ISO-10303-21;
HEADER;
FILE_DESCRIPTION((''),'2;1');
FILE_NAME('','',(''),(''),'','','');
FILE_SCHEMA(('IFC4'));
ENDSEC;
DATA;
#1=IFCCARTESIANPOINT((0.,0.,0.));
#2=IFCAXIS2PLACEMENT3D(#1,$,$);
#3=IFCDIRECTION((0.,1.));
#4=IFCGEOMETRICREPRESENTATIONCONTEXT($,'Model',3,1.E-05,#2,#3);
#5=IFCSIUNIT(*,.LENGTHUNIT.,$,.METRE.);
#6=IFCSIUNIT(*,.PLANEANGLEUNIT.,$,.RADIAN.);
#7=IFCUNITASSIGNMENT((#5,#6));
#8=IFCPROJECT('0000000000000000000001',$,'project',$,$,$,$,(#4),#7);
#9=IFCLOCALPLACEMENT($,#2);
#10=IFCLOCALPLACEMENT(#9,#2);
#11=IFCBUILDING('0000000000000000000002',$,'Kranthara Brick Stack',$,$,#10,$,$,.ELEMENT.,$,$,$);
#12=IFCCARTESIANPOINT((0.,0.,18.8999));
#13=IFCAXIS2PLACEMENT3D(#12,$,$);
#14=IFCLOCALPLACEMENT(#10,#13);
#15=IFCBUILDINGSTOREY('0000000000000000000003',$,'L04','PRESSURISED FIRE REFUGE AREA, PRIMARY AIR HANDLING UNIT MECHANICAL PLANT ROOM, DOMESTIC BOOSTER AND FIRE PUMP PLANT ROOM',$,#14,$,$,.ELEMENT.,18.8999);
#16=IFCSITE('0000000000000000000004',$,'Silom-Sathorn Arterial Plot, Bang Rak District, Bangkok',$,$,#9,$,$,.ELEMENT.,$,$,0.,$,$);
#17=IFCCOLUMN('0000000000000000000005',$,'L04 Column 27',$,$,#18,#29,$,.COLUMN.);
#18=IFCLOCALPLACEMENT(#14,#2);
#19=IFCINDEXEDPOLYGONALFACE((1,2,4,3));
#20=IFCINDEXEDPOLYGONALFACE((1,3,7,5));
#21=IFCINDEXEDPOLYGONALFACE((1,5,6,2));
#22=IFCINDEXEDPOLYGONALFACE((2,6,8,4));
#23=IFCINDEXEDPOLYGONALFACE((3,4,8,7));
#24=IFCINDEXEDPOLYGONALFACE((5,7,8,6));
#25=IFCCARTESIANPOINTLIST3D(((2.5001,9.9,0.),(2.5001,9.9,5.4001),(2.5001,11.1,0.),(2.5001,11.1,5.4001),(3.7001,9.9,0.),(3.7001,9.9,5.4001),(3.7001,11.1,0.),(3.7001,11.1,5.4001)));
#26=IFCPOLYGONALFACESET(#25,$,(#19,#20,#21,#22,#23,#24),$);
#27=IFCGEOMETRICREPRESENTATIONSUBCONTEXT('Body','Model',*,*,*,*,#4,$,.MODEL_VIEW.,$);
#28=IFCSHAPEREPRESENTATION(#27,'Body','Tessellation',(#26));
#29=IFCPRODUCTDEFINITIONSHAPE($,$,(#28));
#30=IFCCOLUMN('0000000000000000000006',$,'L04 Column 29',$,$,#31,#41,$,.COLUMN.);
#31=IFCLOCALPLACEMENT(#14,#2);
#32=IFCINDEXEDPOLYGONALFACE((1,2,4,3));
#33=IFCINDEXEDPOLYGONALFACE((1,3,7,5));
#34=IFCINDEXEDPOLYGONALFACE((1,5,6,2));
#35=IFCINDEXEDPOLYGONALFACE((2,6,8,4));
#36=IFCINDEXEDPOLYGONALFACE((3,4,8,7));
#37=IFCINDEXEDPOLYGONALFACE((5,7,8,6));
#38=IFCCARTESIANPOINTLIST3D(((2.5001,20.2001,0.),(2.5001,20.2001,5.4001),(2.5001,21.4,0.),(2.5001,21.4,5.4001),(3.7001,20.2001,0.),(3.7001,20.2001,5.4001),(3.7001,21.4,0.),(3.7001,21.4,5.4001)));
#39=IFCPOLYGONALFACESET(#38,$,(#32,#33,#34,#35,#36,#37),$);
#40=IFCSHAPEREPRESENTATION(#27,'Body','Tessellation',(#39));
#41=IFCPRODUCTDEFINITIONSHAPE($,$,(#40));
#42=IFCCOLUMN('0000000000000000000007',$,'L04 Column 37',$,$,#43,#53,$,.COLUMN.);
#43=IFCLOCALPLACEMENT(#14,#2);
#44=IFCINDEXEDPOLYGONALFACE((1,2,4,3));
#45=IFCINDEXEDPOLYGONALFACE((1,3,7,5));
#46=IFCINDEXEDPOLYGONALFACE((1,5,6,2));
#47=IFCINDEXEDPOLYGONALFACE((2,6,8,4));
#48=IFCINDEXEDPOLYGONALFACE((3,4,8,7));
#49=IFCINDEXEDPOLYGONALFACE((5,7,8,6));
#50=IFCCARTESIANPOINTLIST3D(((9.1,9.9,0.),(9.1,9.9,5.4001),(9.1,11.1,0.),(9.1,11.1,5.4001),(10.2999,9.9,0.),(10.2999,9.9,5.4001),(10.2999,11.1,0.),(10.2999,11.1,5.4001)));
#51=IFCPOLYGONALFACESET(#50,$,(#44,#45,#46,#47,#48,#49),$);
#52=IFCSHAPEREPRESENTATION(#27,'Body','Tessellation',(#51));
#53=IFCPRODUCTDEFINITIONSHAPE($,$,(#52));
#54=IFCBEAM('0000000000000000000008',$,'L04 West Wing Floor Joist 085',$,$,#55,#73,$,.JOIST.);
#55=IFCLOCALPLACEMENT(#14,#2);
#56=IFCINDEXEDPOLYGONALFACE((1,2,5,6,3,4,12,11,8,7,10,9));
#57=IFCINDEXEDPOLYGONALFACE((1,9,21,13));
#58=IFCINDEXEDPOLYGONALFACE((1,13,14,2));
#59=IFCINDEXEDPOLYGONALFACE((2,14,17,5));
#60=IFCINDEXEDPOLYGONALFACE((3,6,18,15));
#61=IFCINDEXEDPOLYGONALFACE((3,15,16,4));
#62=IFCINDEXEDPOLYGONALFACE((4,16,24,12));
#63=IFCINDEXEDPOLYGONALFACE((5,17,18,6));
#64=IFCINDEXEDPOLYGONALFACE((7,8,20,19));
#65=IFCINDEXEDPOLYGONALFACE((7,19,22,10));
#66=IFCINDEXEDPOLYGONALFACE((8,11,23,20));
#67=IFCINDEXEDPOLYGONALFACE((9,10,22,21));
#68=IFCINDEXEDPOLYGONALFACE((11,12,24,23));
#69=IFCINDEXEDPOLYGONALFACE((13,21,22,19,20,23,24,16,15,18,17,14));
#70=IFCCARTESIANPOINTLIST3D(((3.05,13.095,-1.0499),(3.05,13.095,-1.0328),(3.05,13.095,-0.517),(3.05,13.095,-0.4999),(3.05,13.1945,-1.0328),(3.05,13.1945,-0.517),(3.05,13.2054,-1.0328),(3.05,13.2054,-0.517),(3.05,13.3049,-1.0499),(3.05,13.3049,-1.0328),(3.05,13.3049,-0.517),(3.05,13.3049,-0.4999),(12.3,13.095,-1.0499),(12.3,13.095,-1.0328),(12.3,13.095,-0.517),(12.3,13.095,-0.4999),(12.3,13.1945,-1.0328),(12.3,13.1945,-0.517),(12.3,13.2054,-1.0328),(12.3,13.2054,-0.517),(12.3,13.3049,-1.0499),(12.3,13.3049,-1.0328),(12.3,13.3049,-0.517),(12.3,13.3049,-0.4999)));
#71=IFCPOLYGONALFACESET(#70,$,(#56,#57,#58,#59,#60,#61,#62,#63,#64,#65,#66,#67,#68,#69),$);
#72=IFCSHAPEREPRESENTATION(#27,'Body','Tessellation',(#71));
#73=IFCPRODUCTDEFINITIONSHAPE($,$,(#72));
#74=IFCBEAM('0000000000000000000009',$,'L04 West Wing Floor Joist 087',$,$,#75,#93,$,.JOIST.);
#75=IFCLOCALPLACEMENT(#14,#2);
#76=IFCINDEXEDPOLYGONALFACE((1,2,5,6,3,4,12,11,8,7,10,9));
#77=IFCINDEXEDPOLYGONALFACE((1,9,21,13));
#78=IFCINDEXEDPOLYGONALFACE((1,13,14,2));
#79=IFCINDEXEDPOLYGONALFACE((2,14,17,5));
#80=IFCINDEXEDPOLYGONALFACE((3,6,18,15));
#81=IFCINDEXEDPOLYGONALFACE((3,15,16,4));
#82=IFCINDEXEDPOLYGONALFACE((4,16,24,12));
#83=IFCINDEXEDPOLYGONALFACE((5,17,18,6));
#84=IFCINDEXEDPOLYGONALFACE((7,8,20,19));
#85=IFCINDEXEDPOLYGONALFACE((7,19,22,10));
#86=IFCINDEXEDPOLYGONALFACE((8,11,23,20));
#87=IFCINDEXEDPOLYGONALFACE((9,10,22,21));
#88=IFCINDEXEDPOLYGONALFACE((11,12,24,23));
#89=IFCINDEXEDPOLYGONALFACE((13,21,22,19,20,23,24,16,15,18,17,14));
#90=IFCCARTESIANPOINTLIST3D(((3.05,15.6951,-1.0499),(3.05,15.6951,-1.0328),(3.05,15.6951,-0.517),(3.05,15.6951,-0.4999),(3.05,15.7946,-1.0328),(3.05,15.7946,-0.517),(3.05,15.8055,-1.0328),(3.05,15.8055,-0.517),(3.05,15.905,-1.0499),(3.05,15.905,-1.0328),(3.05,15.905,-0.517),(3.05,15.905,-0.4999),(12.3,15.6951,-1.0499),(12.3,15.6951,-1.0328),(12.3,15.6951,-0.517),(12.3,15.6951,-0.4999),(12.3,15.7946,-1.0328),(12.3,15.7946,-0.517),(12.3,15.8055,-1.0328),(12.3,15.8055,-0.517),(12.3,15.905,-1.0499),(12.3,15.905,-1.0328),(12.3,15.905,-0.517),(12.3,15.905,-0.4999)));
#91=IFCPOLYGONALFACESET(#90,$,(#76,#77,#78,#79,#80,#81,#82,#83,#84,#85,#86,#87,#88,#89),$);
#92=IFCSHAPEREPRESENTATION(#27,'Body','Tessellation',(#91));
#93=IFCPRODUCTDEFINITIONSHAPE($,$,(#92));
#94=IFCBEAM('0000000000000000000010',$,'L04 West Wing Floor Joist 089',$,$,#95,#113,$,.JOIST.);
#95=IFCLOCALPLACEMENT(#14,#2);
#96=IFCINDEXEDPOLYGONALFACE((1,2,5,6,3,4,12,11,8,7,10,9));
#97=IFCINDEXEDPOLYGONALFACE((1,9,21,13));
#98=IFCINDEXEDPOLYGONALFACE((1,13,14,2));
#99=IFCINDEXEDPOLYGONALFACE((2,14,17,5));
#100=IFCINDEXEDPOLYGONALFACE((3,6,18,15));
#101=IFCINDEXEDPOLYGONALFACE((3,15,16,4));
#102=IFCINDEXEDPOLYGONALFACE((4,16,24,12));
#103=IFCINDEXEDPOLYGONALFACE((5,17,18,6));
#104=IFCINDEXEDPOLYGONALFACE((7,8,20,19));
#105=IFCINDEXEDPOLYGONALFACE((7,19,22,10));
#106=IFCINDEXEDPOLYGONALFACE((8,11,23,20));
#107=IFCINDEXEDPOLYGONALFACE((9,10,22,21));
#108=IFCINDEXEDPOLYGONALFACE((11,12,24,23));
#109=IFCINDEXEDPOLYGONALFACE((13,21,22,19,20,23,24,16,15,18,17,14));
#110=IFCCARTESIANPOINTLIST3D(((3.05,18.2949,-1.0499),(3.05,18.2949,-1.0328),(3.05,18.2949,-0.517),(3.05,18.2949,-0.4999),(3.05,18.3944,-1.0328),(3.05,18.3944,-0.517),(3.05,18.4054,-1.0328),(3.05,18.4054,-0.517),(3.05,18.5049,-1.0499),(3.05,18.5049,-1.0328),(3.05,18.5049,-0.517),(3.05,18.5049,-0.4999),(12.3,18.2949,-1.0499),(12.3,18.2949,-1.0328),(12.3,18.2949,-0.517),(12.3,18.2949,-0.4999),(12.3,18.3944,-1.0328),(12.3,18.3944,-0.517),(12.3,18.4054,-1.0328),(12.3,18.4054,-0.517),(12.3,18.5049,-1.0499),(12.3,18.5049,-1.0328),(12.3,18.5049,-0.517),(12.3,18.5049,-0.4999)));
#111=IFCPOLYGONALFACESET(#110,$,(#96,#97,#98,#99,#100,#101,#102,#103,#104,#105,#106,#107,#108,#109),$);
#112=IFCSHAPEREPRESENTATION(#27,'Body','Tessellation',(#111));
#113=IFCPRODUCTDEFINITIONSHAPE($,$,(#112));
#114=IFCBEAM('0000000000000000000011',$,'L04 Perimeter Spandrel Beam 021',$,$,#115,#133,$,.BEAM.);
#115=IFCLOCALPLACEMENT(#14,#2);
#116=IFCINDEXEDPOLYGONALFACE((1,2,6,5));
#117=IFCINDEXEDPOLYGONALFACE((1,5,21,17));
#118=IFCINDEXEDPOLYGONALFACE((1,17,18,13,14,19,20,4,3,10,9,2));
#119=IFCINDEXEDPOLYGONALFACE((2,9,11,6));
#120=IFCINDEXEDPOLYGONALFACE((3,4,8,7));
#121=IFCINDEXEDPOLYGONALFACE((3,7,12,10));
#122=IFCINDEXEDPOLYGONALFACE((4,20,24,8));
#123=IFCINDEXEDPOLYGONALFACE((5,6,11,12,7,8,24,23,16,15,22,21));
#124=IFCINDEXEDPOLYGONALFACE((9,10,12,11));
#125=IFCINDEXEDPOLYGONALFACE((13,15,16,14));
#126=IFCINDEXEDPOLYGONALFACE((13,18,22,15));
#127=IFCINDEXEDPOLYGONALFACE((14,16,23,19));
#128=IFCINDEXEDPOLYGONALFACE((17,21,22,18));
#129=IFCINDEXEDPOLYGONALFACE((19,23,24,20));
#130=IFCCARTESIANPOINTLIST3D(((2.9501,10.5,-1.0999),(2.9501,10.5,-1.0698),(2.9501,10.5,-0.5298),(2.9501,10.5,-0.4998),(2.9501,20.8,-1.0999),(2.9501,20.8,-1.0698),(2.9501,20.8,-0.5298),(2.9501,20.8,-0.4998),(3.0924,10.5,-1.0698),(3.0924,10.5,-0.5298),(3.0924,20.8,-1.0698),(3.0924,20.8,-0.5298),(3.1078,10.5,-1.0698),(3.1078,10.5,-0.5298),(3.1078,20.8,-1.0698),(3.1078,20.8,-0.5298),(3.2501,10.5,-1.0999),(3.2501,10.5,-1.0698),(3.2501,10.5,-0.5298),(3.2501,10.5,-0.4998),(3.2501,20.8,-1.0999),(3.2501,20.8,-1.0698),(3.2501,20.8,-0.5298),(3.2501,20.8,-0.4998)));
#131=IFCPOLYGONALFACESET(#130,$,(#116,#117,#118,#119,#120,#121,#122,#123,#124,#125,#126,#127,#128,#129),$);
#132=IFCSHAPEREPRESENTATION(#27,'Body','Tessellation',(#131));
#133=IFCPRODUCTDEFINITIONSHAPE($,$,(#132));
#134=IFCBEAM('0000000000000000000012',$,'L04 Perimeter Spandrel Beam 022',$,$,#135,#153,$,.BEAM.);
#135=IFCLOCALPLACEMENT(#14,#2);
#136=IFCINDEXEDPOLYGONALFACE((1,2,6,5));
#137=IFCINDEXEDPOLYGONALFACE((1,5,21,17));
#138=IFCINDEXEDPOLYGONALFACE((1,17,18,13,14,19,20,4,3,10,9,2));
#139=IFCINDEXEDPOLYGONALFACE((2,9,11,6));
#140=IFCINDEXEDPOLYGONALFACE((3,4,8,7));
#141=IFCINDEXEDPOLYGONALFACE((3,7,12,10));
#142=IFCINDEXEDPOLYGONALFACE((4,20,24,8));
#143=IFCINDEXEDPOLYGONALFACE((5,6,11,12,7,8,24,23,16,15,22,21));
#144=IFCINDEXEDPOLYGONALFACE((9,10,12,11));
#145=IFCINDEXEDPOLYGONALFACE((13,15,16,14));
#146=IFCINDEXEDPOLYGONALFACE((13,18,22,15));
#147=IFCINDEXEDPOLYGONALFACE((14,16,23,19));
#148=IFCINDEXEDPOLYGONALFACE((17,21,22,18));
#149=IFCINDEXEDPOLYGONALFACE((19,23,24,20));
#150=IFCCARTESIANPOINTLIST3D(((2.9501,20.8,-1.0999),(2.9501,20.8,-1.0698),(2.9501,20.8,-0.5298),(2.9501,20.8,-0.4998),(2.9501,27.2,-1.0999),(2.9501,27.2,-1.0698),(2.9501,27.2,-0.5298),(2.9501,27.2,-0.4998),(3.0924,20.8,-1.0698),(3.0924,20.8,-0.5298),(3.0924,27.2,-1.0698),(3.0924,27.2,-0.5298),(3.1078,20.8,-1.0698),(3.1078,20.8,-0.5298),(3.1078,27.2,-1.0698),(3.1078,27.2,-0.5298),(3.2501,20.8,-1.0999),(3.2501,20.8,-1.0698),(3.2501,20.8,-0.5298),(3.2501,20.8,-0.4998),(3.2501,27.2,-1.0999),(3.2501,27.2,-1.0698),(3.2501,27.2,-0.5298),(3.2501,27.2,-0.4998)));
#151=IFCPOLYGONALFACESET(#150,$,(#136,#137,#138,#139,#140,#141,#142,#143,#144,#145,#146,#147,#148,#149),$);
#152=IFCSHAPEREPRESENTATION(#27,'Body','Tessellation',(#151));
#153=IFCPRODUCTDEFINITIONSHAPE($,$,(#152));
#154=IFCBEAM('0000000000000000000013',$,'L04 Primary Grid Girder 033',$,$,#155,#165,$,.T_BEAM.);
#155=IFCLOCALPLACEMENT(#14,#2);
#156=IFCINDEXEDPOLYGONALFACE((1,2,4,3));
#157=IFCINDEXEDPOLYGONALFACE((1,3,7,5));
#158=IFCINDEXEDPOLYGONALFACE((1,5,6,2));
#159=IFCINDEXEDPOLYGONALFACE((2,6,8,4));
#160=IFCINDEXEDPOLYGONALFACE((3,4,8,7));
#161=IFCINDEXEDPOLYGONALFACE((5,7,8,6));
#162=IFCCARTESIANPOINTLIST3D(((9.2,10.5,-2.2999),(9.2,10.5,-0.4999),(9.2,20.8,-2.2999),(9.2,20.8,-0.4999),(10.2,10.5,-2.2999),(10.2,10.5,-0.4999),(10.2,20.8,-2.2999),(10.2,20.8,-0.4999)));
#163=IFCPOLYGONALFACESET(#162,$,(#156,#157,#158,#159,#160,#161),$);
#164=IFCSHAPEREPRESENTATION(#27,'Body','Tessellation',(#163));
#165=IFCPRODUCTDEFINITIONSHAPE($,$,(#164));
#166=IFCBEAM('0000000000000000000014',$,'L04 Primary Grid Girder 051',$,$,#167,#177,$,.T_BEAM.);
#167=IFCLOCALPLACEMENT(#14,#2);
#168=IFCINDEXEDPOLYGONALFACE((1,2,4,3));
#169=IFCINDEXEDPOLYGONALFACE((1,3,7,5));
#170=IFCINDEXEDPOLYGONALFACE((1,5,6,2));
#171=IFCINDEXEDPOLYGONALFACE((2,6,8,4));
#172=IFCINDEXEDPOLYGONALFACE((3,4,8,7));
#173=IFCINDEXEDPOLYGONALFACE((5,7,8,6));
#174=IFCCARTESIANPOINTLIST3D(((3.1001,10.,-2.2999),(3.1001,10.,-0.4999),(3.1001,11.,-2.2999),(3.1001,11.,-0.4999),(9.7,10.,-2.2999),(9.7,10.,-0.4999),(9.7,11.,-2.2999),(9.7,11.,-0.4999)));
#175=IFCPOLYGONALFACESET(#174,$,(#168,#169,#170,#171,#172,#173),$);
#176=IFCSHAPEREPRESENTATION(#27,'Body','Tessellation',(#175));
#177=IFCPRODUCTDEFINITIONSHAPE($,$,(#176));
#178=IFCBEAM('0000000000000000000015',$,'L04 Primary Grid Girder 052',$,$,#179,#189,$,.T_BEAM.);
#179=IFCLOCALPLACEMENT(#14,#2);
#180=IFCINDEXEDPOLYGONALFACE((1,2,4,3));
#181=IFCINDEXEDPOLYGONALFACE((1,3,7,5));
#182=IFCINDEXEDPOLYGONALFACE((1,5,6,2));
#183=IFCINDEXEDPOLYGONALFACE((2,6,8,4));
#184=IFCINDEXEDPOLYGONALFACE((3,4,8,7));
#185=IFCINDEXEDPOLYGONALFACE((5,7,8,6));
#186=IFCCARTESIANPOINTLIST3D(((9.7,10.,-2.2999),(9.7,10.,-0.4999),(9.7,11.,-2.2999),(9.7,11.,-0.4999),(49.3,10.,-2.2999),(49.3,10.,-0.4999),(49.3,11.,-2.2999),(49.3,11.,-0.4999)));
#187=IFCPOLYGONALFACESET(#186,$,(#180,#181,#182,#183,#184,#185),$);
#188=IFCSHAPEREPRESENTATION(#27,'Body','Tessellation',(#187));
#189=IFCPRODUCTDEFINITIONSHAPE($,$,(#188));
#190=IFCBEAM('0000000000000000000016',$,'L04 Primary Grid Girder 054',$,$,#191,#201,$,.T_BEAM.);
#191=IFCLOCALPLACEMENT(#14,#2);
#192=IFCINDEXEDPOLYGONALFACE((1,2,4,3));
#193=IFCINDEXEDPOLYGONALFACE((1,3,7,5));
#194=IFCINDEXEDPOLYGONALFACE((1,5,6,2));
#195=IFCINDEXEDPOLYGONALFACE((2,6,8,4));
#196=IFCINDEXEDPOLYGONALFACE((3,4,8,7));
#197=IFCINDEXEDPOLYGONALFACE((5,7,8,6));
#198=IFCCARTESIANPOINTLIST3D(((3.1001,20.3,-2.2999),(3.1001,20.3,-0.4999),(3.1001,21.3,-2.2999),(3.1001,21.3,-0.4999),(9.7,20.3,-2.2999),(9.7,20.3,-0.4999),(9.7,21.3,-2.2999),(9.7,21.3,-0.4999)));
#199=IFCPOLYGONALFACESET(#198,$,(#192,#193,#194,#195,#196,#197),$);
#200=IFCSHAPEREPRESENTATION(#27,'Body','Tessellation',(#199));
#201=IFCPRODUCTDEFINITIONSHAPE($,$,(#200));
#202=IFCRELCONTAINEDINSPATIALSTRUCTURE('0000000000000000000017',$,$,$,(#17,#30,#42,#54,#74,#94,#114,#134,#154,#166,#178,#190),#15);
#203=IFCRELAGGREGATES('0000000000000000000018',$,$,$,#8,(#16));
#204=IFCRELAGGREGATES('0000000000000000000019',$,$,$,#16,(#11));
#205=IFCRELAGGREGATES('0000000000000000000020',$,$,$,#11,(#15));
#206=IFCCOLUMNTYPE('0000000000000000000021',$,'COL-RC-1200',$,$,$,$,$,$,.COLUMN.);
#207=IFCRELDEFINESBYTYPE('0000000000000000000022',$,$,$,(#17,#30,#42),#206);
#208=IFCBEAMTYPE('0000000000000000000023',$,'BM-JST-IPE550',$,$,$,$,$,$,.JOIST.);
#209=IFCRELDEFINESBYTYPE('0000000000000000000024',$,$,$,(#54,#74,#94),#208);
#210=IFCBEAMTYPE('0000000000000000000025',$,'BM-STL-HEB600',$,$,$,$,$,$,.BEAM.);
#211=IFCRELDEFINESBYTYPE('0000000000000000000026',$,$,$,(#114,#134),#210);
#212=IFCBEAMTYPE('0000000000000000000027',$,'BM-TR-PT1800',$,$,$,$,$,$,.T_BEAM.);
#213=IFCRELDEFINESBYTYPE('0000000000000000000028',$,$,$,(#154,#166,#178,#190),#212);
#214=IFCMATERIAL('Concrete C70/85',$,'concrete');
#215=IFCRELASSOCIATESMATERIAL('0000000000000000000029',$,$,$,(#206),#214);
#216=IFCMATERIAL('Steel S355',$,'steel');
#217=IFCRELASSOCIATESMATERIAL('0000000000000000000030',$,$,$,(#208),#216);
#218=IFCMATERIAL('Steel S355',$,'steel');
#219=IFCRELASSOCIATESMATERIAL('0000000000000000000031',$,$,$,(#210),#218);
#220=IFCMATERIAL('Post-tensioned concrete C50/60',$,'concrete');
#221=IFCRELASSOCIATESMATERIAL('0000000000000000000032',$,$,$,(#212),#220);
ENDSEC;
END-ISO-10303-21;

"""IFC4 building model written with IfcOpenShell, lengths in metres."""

from ifc_helpers import new_model, si_unit, direction, frame, origin, origin_2d, place, context, subcontext, project, spatial, rectangle, i_section, extrude, material, material_profile, profile_set, type_object, element, save


model = new_model("IFC4")

# Units and contexts
model_context = context("Model", 3, precision=1e-05, world=origin(), true_north=direction((0.0, 1.0)))
body_context = subcontext(model_context, "Body", "Model", "MODEL_VIEW")
ifc_project = project(units=[si_unit("LENGTHUNIT", "METRE"), si_unit("PLANEANGLEUNIT", "RADIAN")], contexts=[model_context])

# Site, building, storey
site_placement = place(None, origin())
site = spatial("IfcSite", under=ifc_project, at=site_placement, Name="Silom-Sathorn Arterial Plot, Bang Rak District, Bangkok", CompositionType="ELEMENT", RefElevation=0.0)
building_placement = place(site_placement, origin())
building = spatial("IfcBuilding", under=site, at=building_placement, Name="Kranthara Brick Stack", CompositionType="ELEMENT")
storey_placement = place(building_placement, frame((0.0, 0.0, 18.8999)))
storey = spatial("IfcBuildingStorey", under=building, at=storey_placement, Name="L04", Description="PRESSURISED FIRE REFUGE AREA, PRIMARY AIR HANDLING UNIT MECHANICAL PLANT ROOM, DOMESTIC BOOSTER AND FIRE PUMP PLANT ROOM", CompositionType="ELEMENT", Elevation=18.8999)

# Columns
ifc_material_1 = material(Name="Concrete C70/85", Category="concrete")
ifc_material_profile_1 = material_profile(ifc_material_1, rectangle(XDim=1.2, YDim=1.2, at=origin_2d()), Name="RC 1200x1200")
ifc_profile_set_1 = profile_set([ifc_material_profile_1], Name="Concrete C70/85")
column_type = type_object("IfcColumnType", Name="COL-RC-1200", PredefinedType="COLUMN", material=ifc_profile_set_1)
for number, where, z_axis, x_axis, name in (
    (1, (3.1001, 10.5, 0.0), (0.0, 0.0, 1.0), (1.0, 0.0, 0.0), "L04 Column 27"),
    (2, (3.1001, 20.8, 0.0), (0.0, 0.0, 1.0), (1.0, 0.0, 0.0), "L04 Column 29"),
    (3, (9.7, 10.5, 0.0), (0.0, 0.0, 1.0), (1.0, 0.0, 0.0), "L04 Column 37"),
):
    element("IfcColumn", number, at=place(storey_placement, frame(where, z_axis=z_axis, x_axis=x_axis)), inside=storey, type_object=column_type, Name=name, PredefinedType="COLUMN", context=body_context, shape_type="SweptSolid", body=[
        extrude(rectangle(XDim=1.2, YDim=1.2, at=origin_2d()), origin(), (0.0, 0.0, 1.0), 5.4001),
    ])

# Beams
ifc_material_2 = material(Name="Steel S355", Category="steel")
ifc_material_profile_2 = material_profile(ifc_material_2, i_section(OverallWidth=0.21, OverallDepth=0.55, WebThickness=0.011, FlangeThickness=0.0171, at=origin_2d()), Name="IPE 550")
ifc_profile_set_2 = profile_set([ifc_material_profile_2], Name="Steel S355")
beam_type_1 = type_object("IfcBeamType", Name="BM-JST-IPE550", PredefinedType="JOIST", material=ifc_profile_set_2)
for number, where, z_axis, x_axis, name in (
    (4, (3.05, 13.2, -0.7749), (1.0, 0.0, 0.0), (0.0, 1.0, 0.0), "L04 West Wing Floor Joist 085"),
    (5, (3.05, 15.8, -0.7749), (1.0, 0.0, 0.0), (0.0, 1.0, 0.0), "L04 West Wing Floor Joist 087"),
    (6, (3.05, 18.3999, -0.7749), (1.0, 0.0, 0.0), (0.0, 1.0, 0.0), "L04 West Wing Floor Joist 089"),
):
    element("IfcBeam", number, at=place(storey_placement, frame(where, z_axis=z_axis, x_axis=x_axis)), inside=storey, type_object=beam_type_1, Name=name, PredefinedType="JOIST", context=body_context, shape_type="SweptSolid", body=[
        extrude(i_section(OverallWidth=0.21, OverallDepth=0.55, WebThickness=0.011, FlangeThickness=0.0171, at=origin_2d()), origin(), (0.0, 0.0, 1.0), 9.25),
    ])
ifc_material_3 = material(Name="Steel S355", Category="steel")
ifc_material_profile_3 = material_profile(ifc_material_3, i_section(OverallWidth=0.3, OverallDepth=0.6001, WebThickness=0.0154, FlangeThickness=0.03, at=origin_2d()), Name="HEB 600")
ifc_profile_set_3 = profile_set([ifc_material_profile_3], Name="Steel S355")
beam_type_2 = type_object("IfcBeamType", Name="BM-STL-HEB600", PredefinedType="BEAM", material=ifc_profile_set_3)
beam_1_placement = place(storey_placement, frame((3.1001, 10.5, -0.7998), z_axis=(0.0, 1.0, 0.0), x_axis=(-1.0, 0.0, 0.0)))
element("IfcBeam", 7, at=beam_1_placement, inside=storey, type_object=beam_type_2, Name="L04 Perimeter Spandrel Beam 021", PredefinedType="BEAM", context=body_context, shape_type="SweptSolid", body=[
    extrude(i_section(OverallWidth=0.3, OverallDepth=0.6001, WebThickness=0.0154, FlangeThickness=0.03, at=origin_2d()), origin(), (0.0, 0.0, 1.0), 10.3),
])
beam_2_placement = place(storey_placement, frame((3.1001, 20.8, -0.7998), z_axis=(0.0, 1.0, 0.0), x_axis=(-1.0, 0.0, 0.0)))
element("IfcBeam", 8, at=beam_2_placement, inside=storey, type_object=beam_type_2, Name="L04 Perimeter Spandrel Beam 022", PredefinedType="BEAM", context=body_context, shape_type="SweptSolid", body=[
    extrude(i_section(OverallWidth=0.3, OverallDepth=0.6001, WebThickness=0.0154, FlangeThickness=0.03, at=origin_2d()), origin(), (0.0, 0.0, 1.0), 6.3999),
])
ifc_material_4 = material(Name="Post-tensioned concrete C50/60", Category="concrete")
ifc_material_profile_4 = material_profile(ifc_material_4, rectangle(XDim=1.0, YDim=1.8, at=origin_2d()), Name="PT 1000x1800")
ifc_profile_set_4 = profile_set([ifc_material_profile_4], Name="Post-tensioned concrete C50/60")
beam_type_3 = type_object("IfcBeamType", Name="BM-TR-PT1800", PredefinedType="T_BEAM", material=ifc_profile_set_4)
beam_3_placement = place(storey_placement, frame((9.7, 10.5, -1.3999), z_axis=(0.0, 1.0, 0.0), x_axis=(-1.0, 0.0, 0.0)))
element("IfcBeam", 9, at=beam_3_placement, inside=storey, type_object=beam_type_3, Name="L04 Primary Grid Girder 033", PredefinedType="T_BEAM", context=body_context, shape_type="SweptSolid", body=[
    extrude(rectangle(XDim=1.0, YDim=1.8, at=origin_2d()), origin(), (0.0, 0.0, 1.0), 10.3),
])
beam_4_placement = place(storey_placement, frame((3.1001, 10.5, -1.3999), z_axis=(1.0, 0.0, 0.0), x_axis=(0.0, 1.0, 0.0)))
element("IfcBeam", 10, at=beam_4_placement, inside=storey, type_object=beam_type_3, Name="L04 Primary Grid Girder 051", PredefinedType="T_BEAM", context=body_context, shape_type="SweptSolid", body=[
    extrude(rectangle(XDim=1.0, YDim=1.8, at=origin_2d()), origin(), (0.0, 0.0, 1.0), 6.5999),
])
beam_5_placement = place(storey_placement, frame((9.7, 10.5, -1.3999), z_axis=(1.0, 0.0, 0.0), x_axis=(0.0, 1.0, 0.0)))
element("IfcBeam", 11, at=beam_5_placement, inside=storey, type_object=beam_type_3, Name="L04 Primary Grid Girder 052", PredefinedType="T_BEAM", context=body_context, shape_type="SweptSolid", body=[
    extrude(rectangle(XDim=1.0, YDim=1.8, at=origin_2d()), origin(), (0.0, 0.0, 1.0), 39.6001),
])
beam_6_placement = place(storey_placement, frame((3.1001, 20.8, -1.3999), z_axis=(1.0, 0.0, 0.0), x_axis=(0.0, 1.0, 0.0)))
element("IfcBeam", 12, at=beam_6_placement, inside=storey, type_object=beam_type_3, Name="L04 Primary Grid Girder 054", PredefinedType="T_BEAM", context=body_context, shape_type="SweptSolid", body=[
    extrude(rectangle(XDim=1.0, YDim=1.8, at=origin_2d()), origin(), (0.0, 0.0, 1.0), 6.5999),
])

save(model, "model.ifc")
